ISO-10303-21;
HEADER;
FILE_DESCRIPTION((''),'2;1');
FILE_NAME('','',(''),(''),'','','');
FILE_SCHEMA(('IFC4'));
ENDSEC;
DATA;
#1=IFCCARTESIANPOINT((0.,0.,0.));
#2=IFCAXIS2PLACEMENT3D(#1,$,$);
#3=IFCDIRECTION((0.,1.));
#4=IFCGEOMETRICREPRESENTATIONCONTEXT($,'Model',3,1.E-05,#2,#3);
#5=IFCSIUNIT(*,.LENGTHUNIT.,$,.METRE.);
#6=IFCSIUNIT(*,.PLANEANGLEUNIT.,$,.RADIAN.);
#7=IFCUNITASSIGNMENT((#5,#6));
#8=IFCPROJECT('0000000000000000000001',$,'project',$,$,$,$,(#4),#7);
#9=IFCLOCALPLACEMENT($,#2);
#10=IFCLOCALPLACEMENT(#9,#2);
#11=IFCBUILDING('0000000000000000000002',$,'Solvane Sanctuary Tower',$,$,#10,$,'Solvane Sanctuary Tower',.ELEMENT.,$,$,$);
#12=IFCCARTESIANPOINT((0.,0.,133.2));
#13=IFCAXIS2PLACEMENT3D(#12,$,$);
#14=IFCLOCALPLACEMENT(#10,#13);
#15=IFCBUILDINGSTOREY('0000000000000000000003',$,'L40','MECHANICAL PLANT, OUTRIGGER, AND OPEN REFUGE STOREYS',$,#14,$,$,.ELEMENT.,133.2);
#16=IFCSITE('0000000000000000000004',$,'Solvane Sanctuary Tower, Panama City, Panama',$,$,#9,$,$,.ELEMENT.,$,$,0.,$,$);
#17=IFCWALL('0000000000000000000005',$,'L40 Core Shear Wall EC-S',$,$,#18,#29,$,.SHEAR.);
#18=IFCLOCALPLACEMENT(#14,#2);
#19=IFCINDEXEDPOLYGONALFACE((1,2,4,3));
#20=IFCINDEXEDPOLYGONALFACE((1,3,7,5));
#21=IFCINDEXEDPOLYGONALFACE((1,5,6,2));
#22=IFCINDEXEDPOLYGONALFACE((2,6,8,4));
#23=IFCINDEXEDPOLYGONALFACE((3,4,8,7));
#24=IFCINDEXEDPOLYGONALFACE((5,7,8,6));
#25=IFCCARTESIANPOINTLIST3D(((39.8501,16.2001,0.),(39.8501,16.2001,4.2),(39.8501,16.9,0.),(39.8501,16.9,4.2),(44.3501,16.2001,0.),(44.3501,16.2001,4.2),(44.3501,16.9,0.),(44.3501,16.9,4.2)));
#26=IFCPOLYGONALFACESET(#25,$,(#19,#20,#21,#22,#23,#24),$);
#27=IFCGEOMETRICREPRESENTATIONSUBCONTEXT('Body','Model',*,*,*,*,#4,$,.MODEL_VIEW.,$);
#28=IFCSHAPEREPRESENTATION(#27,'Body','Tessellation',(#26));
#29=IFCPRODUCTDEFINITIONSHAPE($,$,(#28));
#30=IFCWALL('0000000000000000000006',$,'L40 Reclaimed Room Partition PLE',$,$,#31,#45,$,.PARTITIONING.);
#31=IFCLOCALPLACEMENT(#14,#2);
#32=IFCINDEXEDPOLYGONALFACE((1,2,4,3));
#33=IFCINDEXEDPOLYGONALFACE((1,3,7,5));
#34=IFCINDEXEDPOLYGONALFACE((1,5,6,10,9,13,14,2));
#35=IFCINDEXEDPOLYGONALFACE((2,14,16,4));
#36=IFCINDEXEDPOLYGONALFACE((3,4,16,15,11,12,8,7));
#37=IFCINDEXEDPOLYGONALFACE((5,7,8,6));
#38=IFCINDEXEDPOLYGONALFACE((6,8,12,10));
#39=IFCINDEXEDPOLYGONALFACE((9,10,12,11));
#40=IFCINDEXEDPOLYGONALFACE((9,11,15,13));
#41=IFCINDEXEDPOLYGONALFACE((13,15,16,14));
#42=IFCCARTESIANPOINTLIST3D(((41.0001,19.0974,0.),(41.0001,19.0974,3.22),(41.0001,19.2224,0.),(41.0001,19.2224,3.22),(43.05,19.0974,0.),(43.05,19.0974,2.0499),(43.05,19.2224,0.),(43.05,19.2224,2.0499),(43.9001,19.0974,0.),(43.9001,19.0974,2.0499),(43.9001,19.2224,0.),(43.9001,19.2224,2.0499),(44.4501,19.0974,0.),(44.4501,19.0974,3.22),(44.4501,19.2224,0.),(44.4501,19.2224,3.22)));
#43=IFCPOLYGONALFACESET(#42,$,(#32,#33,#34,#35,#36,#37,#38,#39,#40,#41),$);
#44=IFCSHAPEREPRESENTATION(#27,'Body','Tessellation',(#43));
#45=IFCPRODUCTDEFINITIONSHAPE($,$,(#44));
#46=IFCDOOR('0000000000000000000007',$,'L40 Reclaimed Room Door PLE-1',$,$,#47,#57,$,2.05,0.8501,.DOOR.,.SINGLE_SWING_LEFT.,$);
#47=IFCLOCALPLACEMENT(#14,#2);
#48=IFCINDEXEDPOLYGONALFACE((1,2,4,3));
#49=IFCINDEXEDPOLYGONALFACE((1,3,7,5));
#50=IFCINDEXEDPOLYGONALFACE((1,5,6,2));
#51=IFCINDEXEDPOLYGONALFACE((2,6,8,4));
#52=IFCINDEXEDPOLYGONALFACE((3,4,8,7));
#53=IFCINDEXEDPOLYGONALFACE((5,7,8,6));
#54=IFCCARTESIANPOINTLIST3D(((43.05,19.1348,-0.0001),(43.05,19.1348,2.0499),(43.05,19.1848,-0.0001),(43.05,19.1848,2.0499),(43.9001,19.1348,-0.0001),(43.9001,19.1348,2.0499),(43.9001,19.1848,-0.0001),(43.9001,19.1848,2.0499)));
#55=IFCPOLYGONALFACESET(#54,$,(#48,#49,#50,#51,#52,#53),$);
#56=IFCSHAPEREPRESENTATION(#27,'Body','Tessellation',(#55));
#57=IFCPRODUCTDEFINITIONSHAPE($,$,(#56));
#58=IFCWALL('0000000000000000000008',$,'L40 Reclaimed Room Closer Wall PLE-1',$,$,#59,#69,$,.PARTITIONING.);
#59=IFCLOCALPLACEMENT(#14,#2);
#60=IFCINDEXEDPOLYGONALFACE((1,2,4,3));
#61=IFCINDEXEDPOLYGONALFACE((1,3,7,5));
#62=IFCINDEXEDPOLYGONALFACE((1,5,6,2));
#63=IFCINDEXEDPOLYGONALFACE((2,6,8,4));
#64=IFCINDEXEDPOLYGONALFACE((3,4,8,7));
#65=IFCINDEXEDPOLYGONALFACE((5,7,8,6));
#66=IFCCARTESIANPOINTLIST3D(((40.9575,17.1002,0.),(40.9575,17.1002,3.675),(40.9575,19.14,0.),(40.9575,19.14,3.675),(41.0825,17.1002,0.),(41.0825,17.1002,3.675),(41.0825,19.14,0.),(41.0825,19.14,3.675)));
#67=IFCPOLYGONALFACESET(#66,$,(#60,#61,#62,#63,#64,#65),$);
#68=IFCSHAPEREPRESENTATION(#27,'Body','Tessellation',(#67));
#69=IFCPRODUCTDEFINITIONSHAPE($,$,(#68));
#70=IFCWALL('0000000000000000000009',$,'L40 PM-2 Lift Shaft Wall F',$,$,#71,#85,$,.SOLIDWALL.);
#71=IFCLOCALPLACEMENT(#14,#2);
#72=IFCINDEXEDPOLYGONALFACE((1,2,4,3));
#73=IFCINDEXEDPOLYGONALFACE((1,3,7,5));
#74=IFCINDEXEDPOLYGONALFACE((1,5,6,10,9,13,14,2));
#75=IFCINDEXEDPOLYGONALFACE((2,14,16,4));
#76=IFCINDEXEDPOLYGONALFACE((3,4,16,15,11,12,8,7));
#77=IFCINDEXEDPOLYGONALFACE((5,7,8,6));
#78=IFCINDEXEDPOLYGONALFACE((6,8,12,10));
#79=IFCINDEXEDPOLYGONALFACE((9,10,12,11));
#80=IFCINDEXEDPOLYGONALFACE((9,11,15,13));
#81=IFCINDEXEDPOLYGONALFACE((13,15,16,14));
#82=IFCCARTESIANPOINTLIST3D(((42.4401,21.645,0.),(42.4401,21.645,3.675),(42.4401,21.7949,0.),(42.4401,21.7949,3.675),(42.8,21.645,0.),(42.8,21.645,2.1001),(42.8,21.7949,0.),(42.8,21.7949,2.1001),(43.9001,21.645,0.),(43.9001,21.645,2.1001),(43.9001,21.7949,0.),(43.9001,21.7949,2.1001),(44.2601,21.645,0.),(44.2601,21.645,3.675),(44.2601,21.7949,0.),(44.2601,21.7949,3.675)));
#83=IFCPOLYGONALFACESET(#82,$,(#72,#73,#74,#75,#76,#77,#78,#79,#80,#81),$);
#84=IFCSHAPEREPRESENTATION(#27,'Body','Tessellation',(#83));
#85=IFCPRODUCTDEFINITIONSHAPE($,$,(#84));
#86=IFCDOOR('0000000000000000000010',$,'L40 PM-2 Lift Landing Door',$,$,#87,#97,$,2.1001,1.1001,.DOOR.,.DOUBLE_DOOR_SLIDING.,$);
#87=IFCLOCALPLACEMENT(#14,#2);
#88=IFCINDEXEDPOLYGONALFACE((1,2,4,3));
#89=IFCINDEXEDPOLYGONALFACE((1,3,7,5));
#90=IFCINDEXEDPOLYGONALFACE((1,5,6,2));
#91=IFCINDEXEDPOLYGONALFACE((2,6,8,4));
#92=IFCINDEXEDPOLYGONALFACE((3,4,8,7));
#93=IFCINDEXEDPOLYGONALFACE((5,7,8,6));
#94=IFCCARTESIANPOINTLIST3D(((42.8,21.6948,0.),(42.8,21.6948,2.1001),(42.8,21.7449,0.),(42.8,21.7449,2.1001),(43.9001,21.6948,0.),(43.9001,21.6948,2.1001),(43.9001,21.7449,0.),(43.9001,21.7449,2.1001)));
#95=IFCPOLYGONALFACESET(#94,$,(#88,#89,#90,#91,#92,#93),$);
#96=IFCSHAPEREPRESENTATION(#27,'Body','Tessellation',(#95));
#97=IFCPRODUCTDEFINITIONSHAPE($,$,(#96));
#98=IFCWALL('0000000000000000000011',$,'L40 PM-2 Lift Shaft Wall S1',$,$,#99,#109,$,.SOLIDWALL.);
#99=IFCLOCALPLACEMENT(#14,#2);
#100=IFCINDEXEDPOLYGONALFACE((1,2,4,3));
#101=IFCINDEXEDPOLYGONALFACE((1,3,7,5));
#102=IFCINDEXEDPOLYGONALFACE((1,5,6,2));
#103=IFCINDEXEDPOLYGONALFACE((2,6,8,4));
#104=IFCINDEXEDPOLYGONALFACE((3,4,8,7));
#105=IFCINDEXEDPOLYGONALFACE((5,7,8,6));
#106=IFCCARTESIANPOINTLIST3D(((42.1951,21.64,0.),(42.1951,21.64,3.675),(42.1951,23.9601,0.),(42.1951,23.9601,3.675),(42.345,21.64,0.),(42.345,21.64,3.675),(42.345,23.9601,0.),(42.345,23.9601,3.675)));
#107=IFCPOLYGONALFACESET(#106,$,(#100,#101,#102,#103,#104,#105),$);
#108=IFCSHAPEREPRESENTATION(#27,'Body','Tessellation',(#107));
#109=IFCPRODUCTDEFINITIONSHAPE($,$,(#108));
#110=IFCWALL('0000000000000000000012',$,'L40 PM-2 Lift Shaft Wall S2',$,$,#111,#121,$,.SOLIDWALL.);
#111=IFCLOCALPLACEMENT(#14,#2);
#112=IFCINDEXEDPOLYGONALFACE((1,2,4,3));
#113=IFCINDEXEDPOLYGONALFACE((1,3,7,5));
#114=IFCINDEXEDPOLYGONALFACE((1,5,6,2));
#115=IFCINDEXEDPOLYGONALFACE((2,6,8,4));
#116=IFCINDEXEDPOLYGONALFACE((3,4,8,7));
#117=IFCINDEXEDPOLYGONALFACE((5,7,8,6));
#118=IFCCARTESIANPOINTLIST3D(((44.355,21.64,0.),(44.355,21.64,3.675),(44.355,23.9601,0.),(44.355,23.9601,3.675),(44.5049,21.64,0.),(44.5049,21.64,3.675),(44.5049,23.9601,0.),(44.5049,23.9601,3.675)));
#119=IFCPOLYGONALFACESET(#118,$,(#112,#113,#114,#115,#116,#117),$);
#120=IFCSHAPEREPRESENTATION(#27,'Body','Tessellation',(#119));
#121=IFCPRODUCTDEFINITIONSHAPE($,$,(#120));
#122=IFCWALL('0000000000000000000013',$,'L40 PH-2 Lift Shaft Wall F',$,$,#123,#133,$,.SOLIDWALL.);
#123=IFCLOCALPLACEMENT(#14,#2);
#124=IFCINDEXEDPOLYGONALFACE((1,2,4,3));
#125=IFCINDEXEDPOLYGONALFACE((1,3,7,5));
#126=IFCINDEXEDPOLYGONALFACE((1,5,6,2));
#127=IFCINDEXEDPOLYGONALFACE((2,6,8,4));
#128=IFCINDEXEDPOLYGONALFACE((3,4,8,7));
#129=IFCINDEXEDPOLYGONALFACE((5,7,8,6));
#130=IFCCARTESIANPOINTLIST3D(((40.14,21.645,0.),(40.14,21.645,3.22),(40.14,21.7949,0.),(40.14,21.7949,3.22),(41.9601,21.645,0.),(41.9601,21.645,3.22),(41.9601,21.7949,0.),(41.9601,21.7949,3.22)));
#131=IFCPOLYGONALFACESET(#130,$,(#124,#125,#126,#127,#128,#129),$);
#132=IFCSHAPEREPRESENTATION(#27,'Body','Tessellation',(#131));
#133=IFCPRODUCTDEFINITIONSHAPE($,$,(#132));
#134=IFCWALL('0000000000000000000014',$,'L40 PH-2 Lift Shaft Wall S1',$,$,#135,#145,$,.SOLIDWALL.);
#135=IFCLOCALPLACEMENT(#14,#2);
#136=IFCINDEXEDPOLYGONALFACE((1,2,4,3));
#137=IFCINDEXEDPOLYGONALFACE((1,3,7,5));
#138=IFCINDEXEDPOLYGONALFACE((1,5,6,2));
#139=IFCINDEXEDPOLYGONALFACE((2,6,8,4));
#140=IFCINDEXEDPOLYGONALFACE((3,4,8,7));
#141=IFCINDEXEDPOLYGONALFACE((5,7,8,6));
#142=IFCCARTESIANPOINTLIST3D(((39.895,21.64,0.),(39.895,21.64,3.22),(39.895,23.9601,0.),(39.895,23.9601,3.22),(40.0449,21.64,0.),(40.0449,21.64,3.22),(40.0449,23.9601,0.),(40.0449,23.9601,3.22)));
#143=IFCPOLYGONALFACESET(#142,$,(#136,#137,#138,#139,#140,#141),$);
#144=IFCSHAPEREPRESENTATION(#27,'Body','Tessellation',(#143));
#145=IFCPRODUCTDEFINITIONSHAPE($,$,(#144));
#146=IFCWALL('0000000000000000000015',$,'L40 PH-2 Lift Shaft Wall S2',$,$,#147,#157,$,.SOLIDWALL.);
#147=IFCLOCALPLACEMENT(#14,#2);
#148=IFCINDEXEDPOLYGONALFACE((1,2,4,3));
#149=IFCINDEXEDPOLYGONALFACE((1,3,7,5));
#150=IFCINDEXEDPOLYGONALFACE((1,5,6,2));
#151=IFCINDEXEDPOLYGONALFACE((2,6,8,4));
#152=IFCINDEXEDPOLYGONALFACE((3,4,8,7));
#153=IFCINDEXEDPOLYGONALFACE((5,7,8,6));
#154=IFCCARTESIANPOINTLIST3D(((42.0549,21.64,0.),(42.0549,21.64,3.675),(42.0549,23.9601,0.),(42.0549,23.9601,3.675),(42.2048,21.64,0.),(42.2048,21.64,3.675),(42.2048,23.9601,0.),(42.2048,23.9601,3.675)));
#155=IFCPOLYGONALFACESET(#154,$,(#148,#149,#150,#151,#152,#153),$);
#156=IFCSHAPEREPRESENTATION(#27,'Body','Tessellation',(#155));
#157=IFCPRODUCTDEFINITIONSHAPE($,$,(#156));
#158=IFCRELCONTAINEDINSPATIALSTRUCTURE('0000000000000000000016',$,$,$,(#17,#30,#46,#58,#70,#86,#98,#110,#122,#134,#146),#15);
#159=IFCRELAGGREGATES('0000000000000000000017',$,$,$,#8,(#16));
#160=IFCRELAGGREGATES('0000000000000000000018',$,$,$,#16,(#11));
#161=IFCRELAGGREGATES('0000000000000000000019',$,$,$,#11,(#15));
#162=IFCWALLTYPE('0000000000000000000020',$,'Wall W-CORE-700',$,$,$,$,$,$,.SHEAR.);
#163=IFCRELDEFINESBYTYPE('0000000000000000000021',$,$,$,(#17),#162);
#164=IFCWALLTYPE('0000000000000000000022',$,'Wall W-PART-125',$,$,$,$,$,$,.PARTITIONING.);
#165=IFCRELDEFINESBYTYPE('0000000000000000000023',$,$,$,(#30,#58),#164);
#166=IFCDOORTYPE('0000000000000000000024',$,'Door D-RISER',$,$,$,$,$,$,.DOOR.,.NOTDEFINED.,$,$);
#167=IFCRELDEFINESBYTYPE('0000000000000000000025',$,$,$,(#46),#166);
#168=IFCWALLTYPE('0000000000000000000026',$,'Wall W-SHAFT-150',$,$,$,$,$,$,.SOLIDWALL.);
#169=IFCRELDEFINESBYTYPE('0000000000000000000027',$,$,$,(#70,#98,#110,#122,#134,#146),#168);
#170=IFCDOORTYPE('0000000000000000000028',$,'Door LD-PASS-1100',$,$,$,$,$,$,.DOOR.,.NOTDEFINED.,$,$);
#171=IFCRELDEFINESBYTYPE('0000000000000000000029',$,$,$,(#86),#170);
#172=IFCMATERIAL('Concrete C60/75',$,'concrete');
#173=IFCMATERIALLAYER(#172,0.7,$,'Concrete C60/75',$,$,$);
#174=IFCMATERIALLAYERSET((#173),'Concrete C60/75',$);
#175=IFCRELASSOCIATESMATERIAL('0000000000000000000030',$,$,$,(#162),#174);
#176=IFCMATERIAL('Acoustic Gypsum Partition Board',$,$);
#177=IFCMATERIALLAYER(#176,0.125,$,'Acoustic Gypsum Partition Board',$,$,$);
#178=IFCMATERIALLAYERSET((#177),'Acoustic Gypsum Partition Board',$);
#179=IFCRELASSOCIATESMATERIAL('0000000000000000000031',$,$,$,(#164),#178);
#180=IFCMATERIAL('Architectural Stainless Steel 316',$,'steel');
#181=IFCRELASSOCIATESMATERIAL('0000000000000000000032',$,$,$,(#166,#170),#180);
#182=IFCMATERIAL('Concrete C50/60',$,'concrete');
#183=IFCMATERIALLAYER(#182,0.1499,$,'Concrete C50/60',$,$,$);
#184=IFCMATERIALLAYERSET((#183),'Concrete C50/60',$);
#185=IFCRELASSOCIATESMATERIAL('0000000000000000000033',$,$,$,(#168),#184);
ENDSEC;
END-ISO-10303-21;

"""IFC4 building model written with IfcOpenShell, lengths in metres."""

from ifc_helpers import new_model, si_unit, direction, frame, frame_2d, origin, place, context, subcontext, project, spatial, rectangle, extrude, material, layer, layer_set, type_object, element, fill, save


model = new_model("IFC4")

# Units and contexts
model_context = context("Model", 3, precision=1e-05, world=origin(), true_north=direction((0.0, 1.0)))
body_context = subcontext(model_context, "Body", "Model", "MODEL_VIEW")
ifc_project = project(units=[si_unit("LENGTHUNIT", "METRE"), si_unit("PLANEANGLEUNIT", "RADIAN")], contexts=[model_context])

# Site, building, storey
site_placement = place(None, origin())
site = spatial("IfcSite", under=ifc_project, at=site_placement, Name="Solvane Sanctuary Tower, Panama City, Panama", CompositionType="ELEMENT", RefElevation=0.0)
building_placement = place(site_placement, origin())
building = spatial("IfcBuilding", under=site, at=building_placement, Name="Solvane Sanctuary Tower", LongName="Solvane Sanctuary Tower", CompositionType="ELEMENT")
storey_placement = place(building_placement, frame((0.0, 0.0, 133.2)))
storey = spatial("IfcBuildingStorey", under=building, at=storey_placement, Name="L40", Description="MECHANICAL PLANT, OUTRIGGER, AND OPEN REFUGE STOREYS", CompositionType="ELEMENT", Elevation=133.2)

# Shared definitions
ifc_material_1 = material(Name="Concrete C60/75", Category="concrete")

# Wall
ifc_layer_1 = layer(ifc_material_1, 0.7, Name="Concrete C60/75")
ifc_layer_set_1 = layer_set([ifc_layer_1], Name="Concrete C60/75")
wall_type_1 = type_object("IfcWallType", Name="Wall W-CORE-700", PredefinedType="SHEAR", material=ifc_layer_set_1)
wall_1_placement = place(storey_placement, frame((39.8501, 16.55, 0.0), z_axis=(0.0, 0.0, 1.0), x_axis=(1.0, 0.0, 0.0)))
element("IfcWall", 1, at=wall_1_placement, inside=storey, type_object=wall_type_1, Name="L40 Core Shear Wall EC-S", PredefinedType="SHEAR", context=body_context, shape_type="SweptSolid", body=[
    extrude(rectangle(XDim=4.5, YDim=0.7, at=frame_2d((2.25, 0.0))), origin(), (0.0, 0.0, 1.0), 4.2),
])

# Wall, opening, door
ifc_material_2 = material(Name="Acoustic Gypsum Partition Board")
ifc_layer_2 = layer(ifc_material_2, 0.125, Name="Acoustic Gypsum Partition Board")
ifc_layer_set_2 = layer_set([ifc_layer_2], Name="Acoustic Gypsum Partition Board")
wall_type_2 = type_object("IfcWallType", Name="Wall W-PART-125", PredefinedType="PARTITIONING", material=ifc_layer_set_2)
wall_2_placement = place(storey_placement, frame((41.0, 19.1599, 0.0), z_axis=(0.0, 0.0, 1.0), x_axis=(1.0, 0.0, 0.0)))
wall_2 = element("IfcWall", 2, at=wall_2_placement, inside=storey, type_object=wall_type_2, Name="L40 Reclaimed Room Partition PLE", PredefinedType="PARTITIONING", context=body_context, shape_type="SweptSolid", body=[
    extrude(rectangle(XDim=3.45, YDim=0.125, at=frame_2d((1.7251, 0.0))), origin(), (0.0, 0.0, 1.0), 3.22),
])
opening_1_placement = place(wall_2_placement, frame((2.05, 0.0, 0.0)))
opening_1 = element("IfcOpeningElement", 3, at=opening_1_placement, cuts=wall_2, PredefinedType="OPENING", context=body_context, shape_type="SweptSolid", body=[
    extrude(rectangle(XDim=0.8501, YDim=2.05, at=frame_2d((0.425, 1.0249))), frame((0.0, 0.0725, 0.0), z_axis=(0.0, -1.0, 0.0), x_axis=(1.0, 0.0, 0.0)), (0.0, 0.0, 1.0), 0.145),
])
ifc_material_3 = material(Name="Architectural Stainless Steel 316", Category="steel")
door_type_1 = type_object("IfcDoorType", Name="Door D-RISER", OperationType="NOTDEFINED", PredefinedType="DOOR", material=ifc_material_3)
door_1_placement = place(opening_1_placement, origin())
door_1 = element("IfcDoor", 4, at=door_1_placement, inside=storey, type_object=door_type_1, Name="L40 Reclaimed Room Door PLE-1", OperationType="SINGLE_SWING_LEFT", OverallHeight=2.05, OverallWidth=0.8501, PredefinedType="DOOR", context=body_context, shape_type="SweptSolid", body=[
    extrude(rectangle(XDim=0.8501, YDim=2.05, at=frame_2d((0.425, 1.0249))), frame((0.0, 0.0249, 0.0), z_axis=(0.0, -1.0, 0.0), x_axis=(1.0, 0.0, 0.0)), (0.0, 0.0, 1.0), 0.05),
])
fill(opening_1, door_1)

# Wall
wall_3_placement = place(storey_placement, frame((41.02, 17.1001, 0.0), z_axis=(0.0, 0.0, 1.0), x_axis=(0.0, 1.0, 0.0)))
element("IfcWall", 5, at=wall_3_placement, inside=storey, type_object=wall_type_2, Name="L40 Reclaimed Room Closer Wall PLE-1", PredefinedType="PARTITIONING", context=body_context, shape_type="SweptSolid", body=[
    extrude(rectangle(XDim=2.0398, YDim=0.125, at=frame_2d((1.02, 0.0))), origin(), (0.0, 0.0, 1.0), 3.675),
])

# Wall, opening, door
ifc_material_4 = material(Name="Concrete C50/60", Category="concrete")
ifc_layer_3 = layer(ifc_material_4, 0.1499, Name="Concrete C50/60")
ifc_layer_set_3 = layer_set([ifc_layer_3], Name="Concrete C50/60")
wall_type_3 = type_object("IfcWallType", Name="Wall W-SHAFT-150", PredefinedType="SOLIDWALL", material=ifc_layer_set_3)
wall_4_placement = place(storey_placement, frame((42.4399, 21.72, 0.0), z_axis=(0.0, 0.0, 1.0), x_axis=(1.0, 0.0, 0.0)))
wall_4 = element("IfcWall", 6, at=wall_4_placement, inside=storey, type_object=wall_type_3, Name="L40 PM-2 Lift Shaft Wall F", PredefinedType="SOLIDWALL", context=body_context, shape_type="SweptSolid", body=[
    extrude(rectangle(XDim=1.8201, YDim=0.1499, at=frame_2d((0.9102, 0.0))), origin(), (0.0, 0.0, 1.0), 3.675),
])
opening_2_placement = place(wall_4_placement, frame((0.3601, 0.0, 0.0)))
opening_2 = element("IfcOpeningElement", 7, at=opening_2_placement, cuts=wall_4, PredefinedType="OPENING", context=body_context, shape_type="SweptSolid", body=[
    extrude(rectangle(XDim=1.1001, YDim=2.1001, at=frame_2d((0.55, 1.05))), frame((0.0, 0.085, 0.0), z_axis=(0.0, -1.0, 0.0), x_axis=(1.0, 0.0, 0.0)), (0.0, 0.0, 1.0), 0.1699),
])
door_type_2 = type_object("IfcDoorType", Name="Door LD-PASS-1100", OperationType="NOTDEFINED", PredefinedType="DOOR", material=ifc_material_3)
door_2_placement = place(opening_2_placement, origin())
door_2 = element("IfcDoor", 8, at=door_2_placement, inside=storey, type_object=door_type_2, Name="L40 PM-2 Lift Landing Door", OperationType="DOUBLE_DOOR_SLIDING", OverallHeight=2.1001, OverallWidth=1.1001, PredefinedType="DOOR", context=body_context, shape_type="SweptSolid", body=[
    extrude(rectangle(XDim=1.1001, YDim=2.1001, at=frame_2d((0.55, 1.05))), frame((0.0, 0.0249, 0.0), z_axis=(0.0, -1.0, 0.0), x_axis=(1.0, 0.0, 0.0)), (0.0, 0.0, 1.0), 0.05),
])
fill(opening_2, door_2)

# Walls
for number, where, z_axis, x_axis, name in (
    (9, (42.27, 21.6399, 0.0), (0.0, 0.0, 1.0), (0.0, 1.0, 0.0), "L40 PM-2 Lift Shaft Wall S1"),
    (10, (44.4299, 21.6399, 0.0), (0.0, 0.0, 1.0), (0.0, 1.0, 0.0), "L40 PM-2 Lift Shaft Wall S2"),
):
    element("IfcWall", number, at=place(storey_placement, frame(where, z_axis=z_axis, x_axis=x_axis)), inside=storey, type_object=wall_type_3, Name=name, PredefinedType="SOLIDWALL", context=body_context, shape_type="SweptSolid", body=[
        extrude(rectangle(XDim=2.3201, YDim=0.1499, at=frame_2d((1.1602, 0.0))), origin(), (0.0, 0.0, 1.0), 3.675),
    ])
wall_5_placement = place(storey_placement, frame((40.1399, 21.72, 0.0), z_axis=(0.0, 0.0, 1.0), x_axis=(1.0, 0.0, 0.0)))
element("IfcWall", 11, at=wall_5_placement, inside=storey, type_object=wall_type_3, Name="L40 PH-2 Lift Shaft Wall F", PredefinedType="SOLIDWALL", context=body_context, shape_type="SweptSolid", body=[
    extrude(rectangle(XDim=1.8201, YDim=0.1499, at=frame_2d((0.9102, 0.0))), origin(), (0.0, 0.0, 1.0), 3.22),
])
wall_6_placement = place(storey_placement, frame((39.97, 21.6399, 0.0), z_axis=(0.0, 0.0, 1.0), x_axis=(0.0, 1.0, 0.0)))
element("IfcWall", 12, at=wall_6_placement, inside=storey, type_object=wall_type_3, Name="L40 PH-2 Lift Shaft Wall S1", PredefinedType="SOLIDWALL", context=body_context, shape_type="SweptSolid", body=[
    extrude(rectangle(XDim=2.3201, YDim=0.1499, at=frame_2d((1.1602, 0.0))), origin(), (0.0, 0.0, 1.0), 3.22),
])
wall_7_placement = place(storey_placement, frame((42.1299, 21.6399, 0.0), z_axis=(0.0, 0.0, 1.0), x_axis=(0.0, 1.0, 0.0)))
element("IfcWall", 13, at=wall_7_placement, inside=storey, type_object=wall_type_3, Name="L40 PH-2 Lift Shaft Wall S2", PredefinedType="SOLIDWALL", context=body_context, shape_type="SweptSolid", body=[
    extrude(rectangle(XDim=2.3201, YDim=0.1499, at=frame_2d((1.1602, 0.0))), origin(), (0.0, 0.0, 1.0), 3.675),
])

save(model, "model.ifc")
